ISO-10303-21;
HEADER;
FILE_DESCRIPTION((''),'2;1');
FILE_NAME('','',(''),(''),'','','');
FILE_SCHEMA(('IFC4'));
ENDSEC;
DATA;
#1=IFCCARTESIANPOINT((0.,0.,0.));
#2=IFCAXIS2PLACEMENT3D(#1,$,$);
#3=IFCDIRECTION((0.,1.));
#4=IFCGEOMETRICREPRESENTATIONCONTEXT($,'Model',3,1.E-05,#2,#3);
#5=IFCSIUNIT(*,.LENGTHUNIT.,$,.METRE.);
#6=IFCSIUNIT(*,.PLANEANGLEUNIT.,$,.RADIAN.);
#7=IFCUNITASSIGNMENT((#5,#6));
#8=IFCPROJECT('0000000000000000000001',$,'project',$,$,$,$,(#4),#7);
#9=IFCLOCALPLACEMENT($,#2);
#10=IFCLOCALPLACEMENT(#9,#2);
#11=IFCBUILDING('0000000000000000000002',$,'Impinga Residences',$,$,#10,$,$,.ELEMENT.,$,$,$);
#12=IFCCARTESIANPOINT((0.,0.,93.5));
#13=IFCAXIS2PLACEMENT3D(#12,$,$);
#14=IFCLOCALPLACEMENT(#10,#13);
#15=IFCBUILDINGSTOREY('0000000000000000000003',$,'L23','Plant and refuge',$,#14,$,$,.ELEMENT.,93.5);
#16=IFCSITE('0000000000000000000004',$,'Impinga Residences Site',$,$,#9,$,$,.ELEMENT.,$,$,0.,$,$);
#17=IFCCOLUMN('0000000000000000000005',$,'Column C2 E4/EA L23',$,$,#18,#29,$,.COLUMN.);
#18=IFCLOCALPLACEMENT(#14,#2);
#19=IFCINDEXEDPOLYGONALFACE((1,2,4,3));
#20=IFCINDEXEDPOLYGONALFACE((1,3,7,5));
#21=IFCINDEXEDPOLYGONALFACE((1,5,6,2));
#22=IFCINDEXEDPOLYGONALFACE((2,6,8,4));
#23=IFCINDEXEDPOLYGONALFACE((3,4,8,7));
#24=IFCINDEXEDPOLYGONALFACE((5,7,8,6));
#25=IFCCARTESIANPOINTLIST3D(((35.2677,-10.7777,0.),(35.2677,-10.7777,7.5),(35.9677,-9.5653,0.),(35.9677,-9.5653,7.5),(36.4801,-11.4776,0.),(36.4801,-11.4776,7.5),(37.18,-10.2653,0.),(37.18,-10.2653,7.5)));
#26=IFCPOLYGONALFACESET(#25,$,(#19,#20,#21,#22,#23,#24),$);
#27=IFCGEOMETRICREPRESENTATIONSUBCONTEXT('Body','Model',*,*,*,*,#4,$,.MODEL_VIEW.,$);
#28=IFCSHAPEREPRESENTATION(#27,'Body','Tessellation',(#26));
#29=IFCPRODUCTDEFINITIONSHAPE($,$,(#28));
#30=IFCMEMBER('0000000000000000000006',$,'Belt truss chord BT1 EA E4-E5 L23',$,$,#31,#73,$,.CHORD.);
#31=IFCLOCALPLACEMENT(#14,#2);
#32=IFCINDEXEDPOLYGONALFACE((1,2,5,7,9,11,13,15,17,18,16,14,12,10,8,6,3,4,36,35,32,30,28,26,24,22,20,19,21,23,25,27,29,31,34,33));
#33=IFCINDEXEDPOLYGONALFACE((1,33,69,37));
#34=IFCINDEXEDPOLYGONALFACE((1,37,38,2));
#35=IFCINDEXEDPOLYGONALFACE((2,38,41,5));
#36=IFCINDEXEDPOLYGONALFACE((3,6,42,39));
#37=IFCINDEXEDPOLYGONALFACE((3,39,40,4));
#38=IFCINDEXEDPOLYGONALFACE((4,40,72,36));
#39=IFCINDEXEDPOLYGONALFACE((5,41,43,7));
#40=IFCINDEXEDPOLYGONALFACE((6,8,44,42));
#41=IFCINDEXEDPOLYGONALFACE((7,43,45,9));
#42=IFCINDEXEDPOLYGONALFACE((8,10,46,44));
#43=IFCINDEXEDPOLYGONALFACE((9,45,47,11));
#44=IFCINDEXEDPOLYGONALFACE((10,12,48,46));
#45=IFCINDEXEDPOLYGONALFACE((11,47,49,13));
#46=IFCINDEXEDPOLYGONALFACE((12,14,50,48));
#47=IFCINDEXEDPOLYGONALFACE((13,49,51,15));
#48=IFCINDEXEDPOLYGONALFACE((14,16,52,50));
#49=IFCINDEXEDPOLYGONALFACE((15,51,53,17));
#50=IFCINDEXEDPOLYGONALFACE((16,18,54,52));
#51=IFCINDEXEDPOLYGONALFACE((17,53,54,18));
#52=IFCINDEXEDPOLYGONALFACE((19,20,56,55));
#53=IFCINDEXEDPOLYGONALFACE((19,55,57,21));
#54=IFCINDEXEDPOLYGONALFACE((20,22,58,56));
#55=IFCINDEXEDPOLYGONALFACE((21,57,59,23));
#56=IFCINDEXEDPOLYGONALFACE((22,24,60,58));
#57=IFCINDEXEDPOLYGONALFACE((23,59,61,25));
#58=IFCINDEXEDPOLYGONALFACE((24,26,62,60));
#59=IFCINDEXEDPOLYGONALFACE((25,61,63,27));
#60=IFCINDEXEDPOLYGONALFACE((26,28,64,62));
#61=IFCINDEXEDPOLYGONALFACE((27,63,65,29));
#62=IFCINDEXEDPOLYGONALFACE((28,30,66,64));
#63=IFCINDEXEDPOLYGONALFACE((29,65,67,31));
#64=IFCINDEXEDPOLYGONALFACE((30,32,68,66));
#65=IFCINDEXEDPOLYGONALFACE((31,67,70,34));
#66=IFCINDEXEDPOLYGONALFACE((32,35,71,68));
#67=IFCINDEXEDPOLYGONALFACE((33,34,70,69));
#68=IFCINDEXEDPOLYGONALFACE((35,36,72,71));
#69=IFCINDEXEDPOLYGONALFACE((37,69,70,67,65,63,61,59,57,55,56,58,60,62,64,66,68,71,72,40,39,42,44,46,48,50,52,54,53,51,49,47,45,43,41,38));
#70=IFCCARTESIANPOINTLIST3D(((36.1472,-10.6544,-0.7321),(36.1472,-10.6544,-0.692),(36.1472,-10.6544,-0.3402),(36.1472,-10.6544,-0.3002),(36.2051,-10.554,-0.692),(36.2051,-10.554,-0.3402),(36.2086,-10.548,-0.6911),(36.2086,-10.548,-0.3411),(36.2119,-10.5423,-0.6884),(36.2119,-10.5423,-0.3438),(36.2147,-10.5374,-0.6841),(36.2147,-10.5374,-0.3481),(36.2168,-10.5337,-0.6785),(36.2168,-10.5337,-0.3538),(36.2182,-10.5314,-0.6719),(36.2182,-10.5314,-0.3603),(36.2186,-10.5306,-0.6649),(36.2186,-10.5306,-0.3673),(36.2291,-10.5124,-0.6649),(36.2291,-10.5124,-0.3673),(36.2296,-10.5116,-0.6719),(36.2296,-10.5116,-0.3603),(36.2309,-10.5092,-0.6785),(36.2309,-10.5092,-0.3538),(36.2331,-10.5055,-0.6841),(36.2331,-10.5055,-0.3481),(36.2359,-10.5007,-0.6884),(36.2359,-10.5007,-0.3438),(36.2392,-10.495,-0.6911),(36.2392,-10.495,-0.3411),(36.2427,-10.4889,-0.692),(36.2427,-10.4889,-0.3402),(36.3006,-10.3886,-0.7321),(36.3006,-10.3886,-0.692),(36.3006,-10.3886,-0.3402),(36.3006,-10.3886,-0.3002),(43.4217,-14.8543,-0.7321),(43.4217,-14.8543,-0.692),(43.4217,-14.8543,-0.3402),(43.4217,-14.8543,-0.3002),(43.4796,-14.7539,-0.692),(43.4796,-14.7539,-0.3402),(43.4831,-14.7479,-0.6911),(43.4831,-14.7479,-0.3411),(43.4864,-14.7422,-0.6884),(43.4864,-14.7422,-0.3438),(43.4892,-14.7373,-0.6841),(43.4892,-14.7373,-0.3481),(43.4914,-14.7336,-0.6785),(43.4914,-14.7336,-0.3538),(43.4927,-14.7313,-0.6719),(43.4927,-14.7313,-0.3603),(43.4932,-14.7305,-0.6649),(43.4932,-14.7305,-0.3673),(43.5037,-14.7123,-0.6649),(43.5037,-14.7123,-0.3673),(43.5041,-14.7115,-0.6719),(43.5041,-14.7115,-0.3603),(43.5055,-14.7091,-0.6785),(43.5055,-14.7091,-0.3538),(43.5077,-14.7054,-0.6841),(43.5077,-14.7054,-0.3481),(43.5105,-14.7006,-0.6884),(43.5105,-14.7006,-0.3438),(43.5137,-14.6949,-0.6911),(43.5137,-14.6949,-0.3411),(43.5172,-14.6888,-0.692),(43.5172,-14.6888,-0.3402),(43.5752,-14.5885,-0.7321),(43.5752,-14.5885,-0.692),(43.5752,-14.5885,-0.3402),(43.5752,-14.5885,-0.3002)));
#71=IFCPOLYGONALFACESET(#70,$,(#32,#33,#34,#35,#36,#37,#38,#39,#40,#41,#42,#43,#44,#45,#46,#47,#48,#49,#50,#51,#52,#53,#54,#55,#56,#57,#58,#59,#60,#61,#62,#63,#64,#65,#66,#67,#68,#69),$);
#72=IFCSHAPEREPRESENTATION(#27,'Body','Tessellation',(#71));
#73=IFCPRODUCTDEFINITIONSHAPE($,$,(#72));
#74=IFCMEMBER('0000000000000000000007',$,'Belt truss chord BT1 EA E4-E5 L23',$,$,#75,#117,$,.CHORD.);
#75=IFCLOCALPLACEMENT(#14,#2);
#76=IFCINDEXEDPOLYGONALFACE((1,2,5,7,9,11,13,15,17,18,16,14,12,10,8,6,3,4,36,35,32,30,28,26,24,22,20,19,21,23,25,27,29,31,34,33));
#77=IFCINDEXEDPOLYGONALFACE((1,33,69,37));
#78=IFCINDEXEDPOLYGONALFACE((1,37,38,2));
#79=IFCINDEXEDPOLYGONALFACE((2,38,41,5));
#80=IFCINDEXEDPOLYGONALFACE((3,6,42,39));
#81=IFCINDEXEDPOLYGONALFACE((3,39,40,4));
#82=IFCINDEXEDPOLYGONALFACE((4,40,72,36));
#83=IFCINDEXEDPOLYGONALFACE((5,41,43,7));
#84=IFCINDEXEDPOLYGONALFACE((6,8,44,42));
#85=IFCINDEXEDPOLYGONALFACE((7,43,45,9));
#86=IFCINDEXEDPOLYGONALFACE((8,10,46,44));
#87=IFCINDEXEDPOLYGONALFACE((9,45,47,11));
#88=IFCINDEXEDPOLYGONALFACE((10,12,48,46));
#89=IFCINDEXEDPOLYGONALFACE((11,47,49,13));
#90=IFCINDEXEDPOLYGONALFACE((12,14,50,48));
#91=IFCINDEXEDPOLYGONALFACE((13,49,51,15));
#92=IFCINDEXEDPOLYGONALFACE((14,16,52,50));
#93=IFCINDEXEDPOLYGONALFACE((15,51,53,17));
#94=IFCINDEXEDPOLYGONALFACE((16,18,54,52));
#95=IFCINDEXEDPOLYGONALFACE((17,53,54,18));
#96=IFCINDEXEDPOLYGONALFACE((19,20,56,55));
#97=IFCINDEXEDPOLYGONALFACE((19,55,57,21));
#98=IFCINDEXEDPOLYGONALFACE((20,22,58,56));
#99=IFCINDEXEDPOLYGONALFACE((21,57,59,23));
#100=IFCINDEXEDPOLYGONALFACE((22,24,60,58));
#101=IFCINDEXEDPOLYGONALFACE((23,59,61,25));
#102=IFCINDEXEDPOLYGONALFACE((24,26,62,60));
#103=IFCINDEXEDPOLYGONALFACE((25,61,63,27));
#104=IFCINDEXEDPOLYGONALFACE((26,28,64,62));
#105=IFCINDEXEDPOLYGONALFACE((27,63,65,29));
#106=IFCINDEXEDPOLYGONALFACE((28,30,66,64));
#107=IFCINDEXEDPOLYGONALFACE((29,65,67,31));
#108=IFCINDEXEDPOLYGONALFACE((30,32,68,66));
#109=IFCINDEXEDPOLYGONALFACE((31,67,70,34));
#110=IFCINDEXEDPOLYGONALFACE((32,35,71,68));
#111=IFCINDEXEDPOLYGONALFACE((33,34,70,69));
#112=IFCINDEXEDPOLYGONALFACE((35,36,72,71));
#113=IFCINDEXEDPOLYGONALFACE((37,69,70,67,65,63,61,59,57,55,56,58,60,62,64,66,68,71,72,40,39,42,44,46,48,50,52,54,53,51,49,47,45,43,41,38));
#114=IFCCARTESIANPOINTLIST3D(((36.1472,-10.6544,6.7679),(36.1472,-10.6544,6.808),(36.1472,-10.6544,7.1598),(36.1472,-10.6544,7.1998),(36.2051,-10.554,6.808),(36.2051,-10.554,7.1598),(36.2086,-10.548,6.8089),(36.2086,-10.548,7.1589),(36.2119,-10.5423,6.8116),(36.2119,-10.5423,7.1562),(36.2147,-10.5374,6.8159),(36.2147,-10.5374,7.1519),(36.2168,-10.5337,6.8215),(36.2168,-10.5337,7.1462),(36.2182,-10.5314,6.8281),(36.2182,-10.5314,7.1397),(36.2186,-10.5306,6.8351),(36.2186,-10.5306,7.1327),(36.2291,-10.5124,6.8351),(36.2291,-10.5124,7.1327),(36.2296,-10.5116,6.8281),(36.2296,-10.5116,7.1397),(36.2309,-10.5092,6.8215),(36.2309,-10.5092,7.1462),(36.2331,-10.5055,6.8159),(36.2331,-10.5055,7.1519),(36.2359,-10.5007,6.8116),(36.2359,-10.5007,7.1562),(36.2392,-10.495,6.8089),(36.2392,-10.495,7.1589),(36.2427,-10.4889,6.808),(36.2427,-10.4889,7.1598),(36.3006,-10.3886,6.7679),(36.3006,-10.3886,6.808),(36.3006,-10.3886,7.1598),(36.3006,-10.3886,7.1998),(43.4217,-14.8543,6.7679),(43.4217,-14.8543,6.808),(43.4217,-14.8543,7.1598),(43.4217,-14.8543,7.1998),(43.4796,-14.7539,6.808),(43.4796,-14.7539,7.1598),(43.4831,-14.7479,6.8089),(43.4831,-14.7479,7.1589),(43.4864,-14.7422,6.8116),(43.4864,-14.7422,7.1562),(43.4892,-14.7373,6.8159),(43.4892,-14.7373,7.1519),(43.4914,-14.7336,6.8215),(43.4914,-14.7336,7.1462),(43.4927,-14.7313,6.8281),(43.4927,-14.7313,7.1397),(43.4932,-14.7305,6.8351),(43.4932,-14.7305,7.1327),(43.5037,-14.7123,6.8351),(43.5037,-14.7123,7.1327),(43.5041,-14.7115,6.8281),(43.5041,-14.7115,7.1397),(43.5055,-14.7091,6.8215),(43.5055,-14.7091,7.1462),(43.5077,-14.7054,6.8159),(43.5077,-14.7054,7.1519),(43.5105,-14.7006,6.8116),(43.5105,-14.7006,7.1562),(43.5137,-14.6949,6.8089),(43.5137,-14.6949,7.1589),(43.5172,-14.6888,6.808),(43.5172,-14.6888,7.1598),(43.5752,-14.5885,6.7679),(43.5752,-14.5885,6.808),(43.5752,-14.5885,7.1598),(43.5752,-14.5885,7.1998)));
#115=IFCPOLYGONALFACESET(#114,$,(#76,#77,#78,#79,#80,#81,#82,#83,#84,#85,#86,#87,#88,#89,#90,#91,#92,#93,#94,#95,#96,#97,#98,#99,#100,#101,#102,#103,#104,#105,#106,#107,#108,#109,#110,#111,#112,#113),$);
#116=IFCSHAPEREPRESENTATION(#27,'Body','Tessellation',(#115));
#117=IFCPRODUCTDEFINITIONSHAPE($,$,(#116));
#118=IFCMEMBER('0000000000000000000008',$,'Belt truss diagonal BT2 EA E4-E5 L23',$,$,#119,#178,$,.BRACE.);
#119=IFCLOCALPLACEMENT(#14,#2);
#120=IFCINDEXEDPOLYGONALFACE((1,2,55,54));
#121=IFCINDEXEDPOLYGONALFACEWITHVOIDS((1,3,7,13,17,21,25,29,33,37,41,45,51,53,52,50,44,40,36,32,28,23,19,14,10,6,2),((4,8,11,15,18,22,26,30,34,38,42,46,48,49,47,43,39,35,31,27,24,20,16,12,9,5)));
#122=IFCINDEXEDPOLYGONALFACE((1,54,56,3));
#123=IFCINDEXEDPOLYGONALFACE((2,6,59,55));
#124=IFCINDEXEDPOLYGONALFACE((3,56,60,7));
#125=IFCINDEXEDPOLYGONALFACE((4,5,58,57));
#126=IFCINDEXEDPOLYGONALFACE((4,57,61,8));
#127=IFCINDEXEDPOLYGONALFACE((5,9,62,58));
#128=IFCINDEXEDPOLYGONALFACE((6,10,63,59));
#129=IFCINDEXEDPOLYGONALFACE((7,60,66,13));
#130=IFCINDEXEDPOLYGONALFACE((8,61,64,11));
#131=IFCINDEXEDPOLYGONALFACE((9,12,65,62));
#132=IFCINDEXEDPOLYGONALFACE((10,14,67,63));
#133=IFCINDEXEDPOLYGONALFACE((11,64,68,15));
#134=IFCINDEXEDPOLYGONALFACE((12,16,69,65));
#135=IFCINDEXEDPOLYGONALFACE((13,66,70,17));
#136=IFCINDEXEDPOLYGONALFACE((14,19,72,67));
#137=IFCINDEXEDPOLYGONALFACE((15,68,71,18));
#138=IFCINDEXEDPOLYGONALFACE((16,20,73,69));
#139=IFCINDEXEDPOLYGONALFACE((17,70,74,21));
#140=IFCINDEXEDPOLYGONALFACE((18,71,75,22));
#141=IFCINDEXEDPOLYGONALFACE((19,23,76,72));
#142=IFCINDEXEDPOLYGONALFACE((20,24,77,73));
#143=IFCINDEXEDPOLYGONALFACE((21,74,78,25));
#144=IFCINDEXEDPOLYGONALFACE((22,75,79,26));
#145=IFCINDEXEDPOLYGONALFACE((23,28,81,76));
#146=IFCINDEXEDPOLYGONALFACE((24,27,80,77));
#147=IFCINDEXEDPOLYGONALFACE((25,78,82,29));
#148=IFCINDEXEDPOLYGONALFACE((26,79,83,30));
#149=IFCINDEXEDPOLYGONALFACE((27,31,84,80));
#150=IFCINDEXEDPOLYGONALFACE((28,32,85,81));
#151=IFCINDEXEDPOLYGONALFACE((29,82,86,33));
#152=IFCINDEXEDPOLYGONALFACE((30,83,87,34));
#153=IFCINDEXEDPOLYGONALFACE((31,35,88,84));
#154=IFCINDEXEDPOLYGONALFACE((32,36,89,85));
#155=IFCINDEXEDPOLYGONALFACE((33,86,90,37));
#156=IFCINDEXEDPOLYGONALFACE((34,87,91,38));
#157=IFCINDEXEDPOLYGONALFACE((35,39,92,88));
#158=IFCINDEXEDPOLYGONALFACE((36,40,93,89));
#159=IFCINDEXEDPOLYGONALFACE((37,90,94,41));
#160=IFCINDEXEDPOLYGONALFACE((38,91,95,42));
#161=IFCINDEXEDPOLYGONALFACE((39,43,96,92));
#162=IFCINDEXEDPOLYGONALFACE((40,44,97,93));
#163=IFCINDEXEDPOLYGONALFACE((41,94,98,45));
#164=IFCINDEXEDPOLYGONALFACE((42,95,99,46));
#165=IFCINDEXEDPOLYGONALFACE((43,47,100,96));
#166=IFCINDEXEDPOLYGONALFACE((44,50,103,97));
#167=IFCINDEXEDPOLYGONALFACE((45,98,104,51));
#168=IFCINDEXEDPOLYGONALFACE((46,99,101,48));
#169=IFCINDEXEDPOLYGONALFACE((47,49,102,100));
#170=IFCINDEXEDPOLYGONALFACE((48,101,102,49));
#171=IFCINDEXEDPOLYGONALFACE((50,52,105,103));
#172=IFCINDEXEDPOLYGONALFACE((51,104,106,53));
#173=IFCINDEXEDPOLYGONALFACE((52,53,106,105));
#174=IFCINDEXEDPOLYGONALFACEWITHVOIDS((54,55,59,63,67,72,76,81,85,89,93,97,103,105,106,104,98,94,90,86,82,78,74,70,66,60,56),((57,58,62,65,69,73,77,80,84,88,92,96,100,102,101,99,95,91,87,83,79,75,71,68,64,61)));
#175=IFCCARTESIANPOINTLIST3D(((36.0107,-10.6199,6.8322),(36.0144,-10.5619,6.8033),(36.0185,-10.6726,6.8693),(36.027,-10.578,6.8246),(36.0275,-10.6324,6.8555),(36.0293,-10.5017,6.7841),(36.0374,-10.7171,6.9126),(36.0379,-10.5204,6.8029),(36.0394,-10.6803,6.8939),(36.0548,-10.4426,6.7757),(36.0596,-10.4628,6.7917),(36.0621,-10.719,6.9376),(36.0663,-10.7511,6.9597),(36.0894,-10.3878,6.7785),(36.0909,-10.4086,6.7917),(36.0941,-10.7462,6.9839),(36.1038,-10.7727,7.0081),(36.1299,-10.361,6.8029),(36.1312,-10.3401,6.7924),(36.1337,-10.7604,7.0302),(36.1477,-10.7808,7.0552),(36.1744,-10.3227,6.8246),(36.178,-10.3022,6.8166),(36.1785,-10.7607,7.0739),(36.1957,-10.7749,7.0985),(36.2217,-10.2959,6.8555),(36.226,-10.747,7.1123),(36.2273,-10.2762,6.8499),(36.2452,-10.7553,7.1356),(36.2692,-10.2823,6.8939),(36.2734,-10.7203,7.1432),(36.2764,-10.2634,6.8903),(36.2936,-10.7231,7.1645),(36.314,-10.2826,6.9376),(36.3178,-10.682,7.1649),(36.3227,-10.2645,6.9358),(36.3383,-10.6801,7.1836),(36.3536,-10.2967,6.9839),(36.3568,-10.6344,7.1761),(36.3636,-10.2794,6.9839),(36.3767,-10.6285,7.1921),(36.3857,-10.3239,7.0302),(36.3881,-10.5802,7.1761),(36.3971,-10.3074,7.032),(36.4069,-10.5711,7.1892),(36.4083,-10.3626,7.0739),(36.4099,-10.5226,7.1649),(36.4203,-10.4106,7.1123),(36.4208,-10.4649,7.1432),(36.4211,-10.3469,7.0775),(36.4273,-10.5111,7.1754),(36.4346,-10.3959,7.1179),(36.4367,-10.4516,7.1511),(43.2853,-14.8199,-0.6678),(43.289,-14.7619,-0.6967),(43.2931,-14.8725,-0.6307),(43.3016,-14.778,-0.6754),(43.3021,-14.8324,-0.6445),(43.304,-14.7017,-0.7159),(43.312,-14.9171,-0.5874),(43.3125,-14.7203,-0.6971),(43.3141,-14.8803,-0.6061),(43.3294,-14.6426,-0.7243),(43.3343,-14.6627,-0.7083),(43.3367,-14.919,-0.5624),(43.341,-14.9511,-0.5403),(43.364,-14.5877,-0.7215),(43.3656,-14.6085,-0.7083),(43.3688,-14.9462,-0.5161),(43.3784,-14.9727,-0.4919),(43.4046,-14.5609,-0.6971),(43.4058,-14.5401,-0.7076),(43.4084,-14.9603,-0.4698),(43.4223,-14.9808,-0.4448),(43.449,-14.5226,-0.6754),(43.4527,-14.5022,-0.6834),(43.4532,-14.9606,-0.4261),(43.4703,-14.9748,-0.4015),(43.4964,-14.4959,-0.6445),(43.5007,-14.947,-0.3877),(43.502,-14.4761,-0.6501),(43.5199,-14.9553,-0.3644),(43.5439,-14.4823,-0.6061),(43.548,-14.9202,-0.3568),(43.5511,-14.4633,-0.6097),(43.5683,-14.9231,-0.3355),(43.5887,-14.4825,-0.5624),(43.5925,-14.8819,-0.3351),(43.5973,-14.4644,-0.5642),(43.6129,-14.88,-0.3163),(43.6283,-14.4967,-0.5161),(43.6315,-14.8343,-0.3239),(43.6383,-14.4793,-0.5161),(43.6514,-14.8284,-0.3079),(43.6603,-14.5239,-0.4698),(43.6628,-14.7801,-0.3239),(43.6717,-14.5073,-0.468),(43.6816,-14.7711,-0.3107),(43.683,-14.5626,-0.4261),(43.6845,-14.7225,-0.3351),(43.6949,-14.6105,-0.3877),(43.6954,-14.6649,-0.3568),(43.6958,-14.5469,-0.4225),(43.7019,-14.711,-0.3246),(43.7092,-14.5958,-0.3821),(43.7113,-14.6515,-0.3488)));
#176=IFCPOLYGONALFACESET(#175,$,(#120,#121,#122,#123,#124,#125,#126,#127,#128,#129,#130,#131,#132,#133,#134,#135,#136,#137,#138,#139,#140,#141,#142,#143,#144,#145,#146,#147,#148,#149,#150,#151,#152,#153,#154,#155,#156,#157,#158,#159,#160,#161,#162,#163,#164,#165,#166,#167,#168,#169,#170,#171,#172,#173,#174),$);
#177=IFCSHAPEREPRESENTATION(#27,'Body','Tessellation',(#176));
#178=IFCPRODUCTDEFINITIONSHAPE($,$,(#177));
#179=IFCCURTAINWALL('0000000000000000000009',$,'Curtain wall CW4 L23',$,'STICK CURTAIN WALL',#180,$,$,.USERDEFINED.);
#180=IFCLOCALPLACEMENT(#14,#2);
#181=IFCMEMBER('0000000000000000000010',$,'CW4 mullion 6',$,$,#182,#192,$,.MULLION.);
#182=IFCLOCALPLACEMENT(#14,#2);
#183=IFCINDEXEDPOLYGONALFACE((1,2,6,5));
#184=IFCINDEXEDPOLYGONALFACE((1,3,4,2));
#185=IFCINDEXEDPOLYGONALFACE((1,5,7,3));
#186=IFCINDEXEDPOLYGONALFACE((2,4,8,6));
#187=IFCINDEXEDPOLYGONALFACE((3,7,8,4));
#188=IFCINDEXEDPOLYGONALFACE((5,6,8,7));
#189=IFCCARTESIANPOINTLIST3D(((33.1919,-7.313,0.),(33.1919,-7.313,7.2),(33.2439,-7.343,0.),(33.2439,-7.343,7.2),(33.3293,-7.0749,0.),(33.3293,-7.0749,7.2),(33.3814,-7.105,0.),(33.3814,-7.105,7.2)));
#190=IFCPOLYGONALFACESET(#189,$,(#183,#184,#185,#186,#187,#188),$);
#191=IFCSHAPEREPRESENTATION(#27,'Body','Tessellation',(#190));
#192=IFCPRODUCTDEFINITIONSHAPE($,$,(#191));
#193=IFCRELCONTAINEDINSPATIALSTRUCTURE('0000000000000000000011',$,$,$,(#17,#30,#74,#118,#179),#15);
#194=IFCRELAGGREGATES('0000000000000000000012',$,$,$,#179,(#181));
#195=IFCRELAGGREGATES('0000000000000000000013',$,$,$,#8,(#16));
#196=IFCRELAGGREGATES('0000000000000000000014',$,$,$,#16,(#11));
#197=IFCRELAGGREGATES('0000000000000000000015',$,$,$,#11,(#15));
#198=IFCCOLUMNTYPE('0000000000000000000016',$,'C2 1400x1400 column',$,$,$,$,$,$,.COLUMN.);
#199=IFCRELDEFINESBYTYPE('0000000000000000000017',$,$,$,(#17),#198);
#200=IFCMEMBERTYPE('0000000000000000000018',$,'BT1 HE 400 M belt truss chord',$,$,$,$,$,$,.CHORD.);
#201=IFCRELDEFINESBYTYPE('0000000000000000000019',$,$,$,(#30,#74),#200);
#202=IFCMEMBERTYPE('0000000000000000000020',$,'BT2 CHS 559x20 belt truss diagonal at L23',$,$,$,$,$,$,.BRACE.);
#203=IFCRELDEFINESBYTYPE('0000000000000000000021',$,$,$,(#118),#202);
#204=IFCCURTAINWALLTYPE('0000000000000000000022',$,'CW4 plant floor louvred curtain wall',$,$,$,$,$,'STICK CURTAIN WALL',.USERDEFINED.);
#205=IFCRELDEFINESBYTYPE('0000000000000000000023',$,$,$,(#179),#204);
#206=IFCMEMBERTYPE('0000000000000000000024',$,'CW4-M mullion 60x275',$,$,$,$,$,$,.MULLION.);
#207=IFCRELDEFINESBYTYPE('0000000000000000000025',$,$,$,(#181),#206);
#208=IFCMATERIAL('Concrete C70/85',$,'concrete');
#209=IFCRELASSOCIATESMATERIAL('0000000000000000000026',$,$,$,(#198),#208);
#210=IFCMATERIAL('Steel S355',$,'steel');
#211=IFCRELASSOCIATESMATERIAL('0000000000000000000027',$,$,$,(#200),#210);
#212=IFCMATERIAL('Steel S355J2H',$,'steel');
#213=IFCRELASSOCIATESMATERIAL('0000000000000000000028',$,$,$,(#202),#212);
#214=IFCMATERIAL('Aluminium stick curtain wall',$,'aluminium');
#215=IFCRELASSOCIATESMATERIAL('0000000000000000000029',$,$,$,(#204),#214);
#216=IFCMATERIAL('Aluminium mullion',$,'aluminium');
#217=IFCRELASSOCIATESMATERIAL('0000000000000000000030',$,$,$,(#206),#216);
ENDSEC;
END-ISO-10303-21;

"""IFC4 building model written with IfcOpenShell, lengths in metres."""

from ifc_helpers import new_model, si_unit, direction, frame, origin, origin_2d, place, context, subcontext, project, spatial, rectangle, hollow_circle, i_section, extrude, material, material_profile, profile_set, type_object, element, aggregate, save


model = new_model("IFC4")

# Units and contexts
model_context = context("Model", 3, precision=1e-05, world=origin(), true_north=direction((0.0, 1.0)))
body_context = subcontext(model_context, "Body", "Model", "MODEL_VIEW")
ifc_project = project(units=[si_unit("LENGTHUNIT", "METRE"), si_unit("PLANEANGLEUNIT", "RADIAN")], contexts=[model_context])

# Site, building, storey
site_placement = place(None, origin())
site = spatial("IfcSite", under=ifc_project, at=site_placement, Name="Impinga Residences Site", CompositionType="ELEMENT", RefElevation=0.0)
building_placement = place(site_placement, origin())
building = spatial("IfcBuilding", under=site, at=building_placement, Name="Impinga Residences", CompositionType="ELEMENT")
storey_placement = place(building_placement, frame((0.0, 0.0, 93.5)))
storey = spatial("IfcBuildingStorey", under=building, at=storey_placement, Name="L23", Description="Plant and refuge", CompositionType="ELEMENT", Elevation=93.5)

# Column
ifc_material_1 = material(Name="Concrete C70/85", Category="concrete")
ifc_material_profile_1 = material_profile(ifc_material_1, rectangle(XDim=1.3999, YDim=1.3999, at=origin_2d()), Name="RC 1400x1400")
ifc_profile_set_1 = profile_set([ifc_material_profile_1], Name="Concrete C70/85")
column_type = type_object("IfcColumnType", Name="C2 1400x1400 column", PredefinedType="COLUMN", material=ifc_profile_set_1)
column_placement = place(storey_placement, frame((36.2239, -10.5215, 0.0), z_axis=(0.0, 0.0, 1.0), x_axis=(-0.5, -0.866025, 0.0)))
element("IfcColumn", 1, at=column_placement, inside=storey, type_object=column_type, Name="Column C2 E4/EA L23", PredefinedType="COLUMN", context=body_context, shape_type="SweptSolid", body=[
    extrude(rectangle(XDim=1.3999, YDim=1.3999, at=origin_2d()), origin(), (0.0, 0.0, 1.0), 7.5),
])

# Members
ifc_material_2 = material(Name="Steel S355", Category="steel")
ifc_material_profile_2 = material_profile(ifc_material_2, i_section(OverallWidth=0.3069, OverallDepth=0.4319, WebThickness=0.021, FlangeThickness=0.04, FilletRadius=0.0271, at=origin_2d()), Name="HE 400 M")
ifc_profile_set_2 = profile_set([ifc_material_profile_2], Name="Steel S355")
member_type_1 = type_object("IfcMemberType", Name="BT1 HE 400 M belt truss chord", PredefinedType="CHORD", material=ifc_profile_set_2)
for number, where, z_axis, x_axis, name in (
    (2, (36.2239, -10.5215, -0.5161), (0.866029, -0.499993, 0.0), (0.499993, 0.866029, 0.0), "Belt truss chord BT1 EA E4-E5 L23"),
    (3, (36.2239, -10.5215, 6.9839), (0.866029, -0.499993, 0.0), (0.499993, 0.866029, 0.0), "Belt truss chord BT1 EA E4-E5 L23"),
):
    element("IfcMember", number, at=place(storey_placement, frame(where, z_axis=z_axis, x_axis=x_axis)), inside=storey, type_object=member_type_1, Name=name, PredefinedType="CHORD", context=body_context, shape_type="SweptSolid", body=[
        extrude(i_section(OverallWidth=0.3069, OverallDepth=0.4319, WebThickness=0.021, FlangeThickness=0.04, FilletRadius=0.0271, at=origin_2d()), origin(), (0.0, 0.0, 1.0), 8.3999),
    ])
ifc_material_3 = material(Name="Steel S355J2H", Category="steel")
ifc_material_profile_3 = material_profile(ifc_material_3, hollow_circle(Radius=0.2795, WallThickness=0.02, at=origin_2d()), Name="CHS 559x20")
ifc_profile_set_3 = profile_set([ifc_material_profile_3], Name="Steel S355J2H")
member_type_2 = type_object("IfcMemberType", Name="BT2 CHS 559x20 belt truss diagonal at L23", PredefinedType="BRACE", material=ifc_profile_set_3)
member_1_placement = place(storey_placement, frame((36.2239, -10.5215, 6.9839), z_axis=(0.646004, -0.372964, -0.666015), x_axis=(0.499993, 0.866029, 0.0)))
element("IfcMember", 4, at=member_1_placement, inside=storey, type_object=member_type_2, Name="Belt truss diagonal BT2 EA E4-E5 L23", PredefinedType="BRACE", context=body_context, shape_type="SweptSolid", body=[
    extrude(hollow_circle(Radius=0.2795, WallThickness=0.02, at=origin_2d()), origin(), (0.0, 0.0, 1.0), 11.261),
])

# Curtain wall, member
ifc_material_4 = material(Name="Aluminium stick curtain wall", Category="aluminium")
curtain_wall_type = type_object("IfcCurtainWallType", Name="CW4 plant floor louvred curtain wall", ElementType="STICK CURTAIN WALL", PredefinedType="USERDEFINED", material=ifc_material_4)
curtain_wall_placement = place(storey_placement, origin())
curtain_wall = element("IfcCurtainWall", 5, at=curtain_wall_placement, inside=storey, type_object=curtain_wall_type, Name="Curtain wall CW4 L23", ObjectType="STICK CURTAIN WALL", PredefinedType="USERDEFINED")
ifc_material_5 = material(Name="Aluminium mullion", Category="aluminium")
ifc_material_profile_4 = material_profile(ifc_material_5, rectangle(XDim=0.0601, YDim=0.2749, at=origin_2d()), Name="60x275 mullion")
ifc_profile_set_4 = profile_set([ifc_material_profile_4], Name="Aluminium mullion")
member_type_3 = type_object("IfcMemberType", Name="CW4-M mullion 60x275", PredefinedType="MULLION", material=ifc_profile_set_4)
member_2_placement = place(storey_placement, frame((33.2866, -7.209, 0.0), z_axis=(0.0, 0.0, 1.0), x_axis=(0.866025, -0.5, 0.0)))
member_2 = element("IfcMember", 6, at=member_2_placement, type_object=member_type_3, Name="CW4 mullion 6", PredefinedType="MULLION", context=body_context, shape_type="SweptSolid", body=[
    extrude(rectangle(XDim=0.0601, YDim=0.2749, at=origin_2d()), origin(), (0.0, 0.0, 1.0), 7.2),
])
aggregate(curtain_wall, [member_2])

save(model, "model.ifc")
